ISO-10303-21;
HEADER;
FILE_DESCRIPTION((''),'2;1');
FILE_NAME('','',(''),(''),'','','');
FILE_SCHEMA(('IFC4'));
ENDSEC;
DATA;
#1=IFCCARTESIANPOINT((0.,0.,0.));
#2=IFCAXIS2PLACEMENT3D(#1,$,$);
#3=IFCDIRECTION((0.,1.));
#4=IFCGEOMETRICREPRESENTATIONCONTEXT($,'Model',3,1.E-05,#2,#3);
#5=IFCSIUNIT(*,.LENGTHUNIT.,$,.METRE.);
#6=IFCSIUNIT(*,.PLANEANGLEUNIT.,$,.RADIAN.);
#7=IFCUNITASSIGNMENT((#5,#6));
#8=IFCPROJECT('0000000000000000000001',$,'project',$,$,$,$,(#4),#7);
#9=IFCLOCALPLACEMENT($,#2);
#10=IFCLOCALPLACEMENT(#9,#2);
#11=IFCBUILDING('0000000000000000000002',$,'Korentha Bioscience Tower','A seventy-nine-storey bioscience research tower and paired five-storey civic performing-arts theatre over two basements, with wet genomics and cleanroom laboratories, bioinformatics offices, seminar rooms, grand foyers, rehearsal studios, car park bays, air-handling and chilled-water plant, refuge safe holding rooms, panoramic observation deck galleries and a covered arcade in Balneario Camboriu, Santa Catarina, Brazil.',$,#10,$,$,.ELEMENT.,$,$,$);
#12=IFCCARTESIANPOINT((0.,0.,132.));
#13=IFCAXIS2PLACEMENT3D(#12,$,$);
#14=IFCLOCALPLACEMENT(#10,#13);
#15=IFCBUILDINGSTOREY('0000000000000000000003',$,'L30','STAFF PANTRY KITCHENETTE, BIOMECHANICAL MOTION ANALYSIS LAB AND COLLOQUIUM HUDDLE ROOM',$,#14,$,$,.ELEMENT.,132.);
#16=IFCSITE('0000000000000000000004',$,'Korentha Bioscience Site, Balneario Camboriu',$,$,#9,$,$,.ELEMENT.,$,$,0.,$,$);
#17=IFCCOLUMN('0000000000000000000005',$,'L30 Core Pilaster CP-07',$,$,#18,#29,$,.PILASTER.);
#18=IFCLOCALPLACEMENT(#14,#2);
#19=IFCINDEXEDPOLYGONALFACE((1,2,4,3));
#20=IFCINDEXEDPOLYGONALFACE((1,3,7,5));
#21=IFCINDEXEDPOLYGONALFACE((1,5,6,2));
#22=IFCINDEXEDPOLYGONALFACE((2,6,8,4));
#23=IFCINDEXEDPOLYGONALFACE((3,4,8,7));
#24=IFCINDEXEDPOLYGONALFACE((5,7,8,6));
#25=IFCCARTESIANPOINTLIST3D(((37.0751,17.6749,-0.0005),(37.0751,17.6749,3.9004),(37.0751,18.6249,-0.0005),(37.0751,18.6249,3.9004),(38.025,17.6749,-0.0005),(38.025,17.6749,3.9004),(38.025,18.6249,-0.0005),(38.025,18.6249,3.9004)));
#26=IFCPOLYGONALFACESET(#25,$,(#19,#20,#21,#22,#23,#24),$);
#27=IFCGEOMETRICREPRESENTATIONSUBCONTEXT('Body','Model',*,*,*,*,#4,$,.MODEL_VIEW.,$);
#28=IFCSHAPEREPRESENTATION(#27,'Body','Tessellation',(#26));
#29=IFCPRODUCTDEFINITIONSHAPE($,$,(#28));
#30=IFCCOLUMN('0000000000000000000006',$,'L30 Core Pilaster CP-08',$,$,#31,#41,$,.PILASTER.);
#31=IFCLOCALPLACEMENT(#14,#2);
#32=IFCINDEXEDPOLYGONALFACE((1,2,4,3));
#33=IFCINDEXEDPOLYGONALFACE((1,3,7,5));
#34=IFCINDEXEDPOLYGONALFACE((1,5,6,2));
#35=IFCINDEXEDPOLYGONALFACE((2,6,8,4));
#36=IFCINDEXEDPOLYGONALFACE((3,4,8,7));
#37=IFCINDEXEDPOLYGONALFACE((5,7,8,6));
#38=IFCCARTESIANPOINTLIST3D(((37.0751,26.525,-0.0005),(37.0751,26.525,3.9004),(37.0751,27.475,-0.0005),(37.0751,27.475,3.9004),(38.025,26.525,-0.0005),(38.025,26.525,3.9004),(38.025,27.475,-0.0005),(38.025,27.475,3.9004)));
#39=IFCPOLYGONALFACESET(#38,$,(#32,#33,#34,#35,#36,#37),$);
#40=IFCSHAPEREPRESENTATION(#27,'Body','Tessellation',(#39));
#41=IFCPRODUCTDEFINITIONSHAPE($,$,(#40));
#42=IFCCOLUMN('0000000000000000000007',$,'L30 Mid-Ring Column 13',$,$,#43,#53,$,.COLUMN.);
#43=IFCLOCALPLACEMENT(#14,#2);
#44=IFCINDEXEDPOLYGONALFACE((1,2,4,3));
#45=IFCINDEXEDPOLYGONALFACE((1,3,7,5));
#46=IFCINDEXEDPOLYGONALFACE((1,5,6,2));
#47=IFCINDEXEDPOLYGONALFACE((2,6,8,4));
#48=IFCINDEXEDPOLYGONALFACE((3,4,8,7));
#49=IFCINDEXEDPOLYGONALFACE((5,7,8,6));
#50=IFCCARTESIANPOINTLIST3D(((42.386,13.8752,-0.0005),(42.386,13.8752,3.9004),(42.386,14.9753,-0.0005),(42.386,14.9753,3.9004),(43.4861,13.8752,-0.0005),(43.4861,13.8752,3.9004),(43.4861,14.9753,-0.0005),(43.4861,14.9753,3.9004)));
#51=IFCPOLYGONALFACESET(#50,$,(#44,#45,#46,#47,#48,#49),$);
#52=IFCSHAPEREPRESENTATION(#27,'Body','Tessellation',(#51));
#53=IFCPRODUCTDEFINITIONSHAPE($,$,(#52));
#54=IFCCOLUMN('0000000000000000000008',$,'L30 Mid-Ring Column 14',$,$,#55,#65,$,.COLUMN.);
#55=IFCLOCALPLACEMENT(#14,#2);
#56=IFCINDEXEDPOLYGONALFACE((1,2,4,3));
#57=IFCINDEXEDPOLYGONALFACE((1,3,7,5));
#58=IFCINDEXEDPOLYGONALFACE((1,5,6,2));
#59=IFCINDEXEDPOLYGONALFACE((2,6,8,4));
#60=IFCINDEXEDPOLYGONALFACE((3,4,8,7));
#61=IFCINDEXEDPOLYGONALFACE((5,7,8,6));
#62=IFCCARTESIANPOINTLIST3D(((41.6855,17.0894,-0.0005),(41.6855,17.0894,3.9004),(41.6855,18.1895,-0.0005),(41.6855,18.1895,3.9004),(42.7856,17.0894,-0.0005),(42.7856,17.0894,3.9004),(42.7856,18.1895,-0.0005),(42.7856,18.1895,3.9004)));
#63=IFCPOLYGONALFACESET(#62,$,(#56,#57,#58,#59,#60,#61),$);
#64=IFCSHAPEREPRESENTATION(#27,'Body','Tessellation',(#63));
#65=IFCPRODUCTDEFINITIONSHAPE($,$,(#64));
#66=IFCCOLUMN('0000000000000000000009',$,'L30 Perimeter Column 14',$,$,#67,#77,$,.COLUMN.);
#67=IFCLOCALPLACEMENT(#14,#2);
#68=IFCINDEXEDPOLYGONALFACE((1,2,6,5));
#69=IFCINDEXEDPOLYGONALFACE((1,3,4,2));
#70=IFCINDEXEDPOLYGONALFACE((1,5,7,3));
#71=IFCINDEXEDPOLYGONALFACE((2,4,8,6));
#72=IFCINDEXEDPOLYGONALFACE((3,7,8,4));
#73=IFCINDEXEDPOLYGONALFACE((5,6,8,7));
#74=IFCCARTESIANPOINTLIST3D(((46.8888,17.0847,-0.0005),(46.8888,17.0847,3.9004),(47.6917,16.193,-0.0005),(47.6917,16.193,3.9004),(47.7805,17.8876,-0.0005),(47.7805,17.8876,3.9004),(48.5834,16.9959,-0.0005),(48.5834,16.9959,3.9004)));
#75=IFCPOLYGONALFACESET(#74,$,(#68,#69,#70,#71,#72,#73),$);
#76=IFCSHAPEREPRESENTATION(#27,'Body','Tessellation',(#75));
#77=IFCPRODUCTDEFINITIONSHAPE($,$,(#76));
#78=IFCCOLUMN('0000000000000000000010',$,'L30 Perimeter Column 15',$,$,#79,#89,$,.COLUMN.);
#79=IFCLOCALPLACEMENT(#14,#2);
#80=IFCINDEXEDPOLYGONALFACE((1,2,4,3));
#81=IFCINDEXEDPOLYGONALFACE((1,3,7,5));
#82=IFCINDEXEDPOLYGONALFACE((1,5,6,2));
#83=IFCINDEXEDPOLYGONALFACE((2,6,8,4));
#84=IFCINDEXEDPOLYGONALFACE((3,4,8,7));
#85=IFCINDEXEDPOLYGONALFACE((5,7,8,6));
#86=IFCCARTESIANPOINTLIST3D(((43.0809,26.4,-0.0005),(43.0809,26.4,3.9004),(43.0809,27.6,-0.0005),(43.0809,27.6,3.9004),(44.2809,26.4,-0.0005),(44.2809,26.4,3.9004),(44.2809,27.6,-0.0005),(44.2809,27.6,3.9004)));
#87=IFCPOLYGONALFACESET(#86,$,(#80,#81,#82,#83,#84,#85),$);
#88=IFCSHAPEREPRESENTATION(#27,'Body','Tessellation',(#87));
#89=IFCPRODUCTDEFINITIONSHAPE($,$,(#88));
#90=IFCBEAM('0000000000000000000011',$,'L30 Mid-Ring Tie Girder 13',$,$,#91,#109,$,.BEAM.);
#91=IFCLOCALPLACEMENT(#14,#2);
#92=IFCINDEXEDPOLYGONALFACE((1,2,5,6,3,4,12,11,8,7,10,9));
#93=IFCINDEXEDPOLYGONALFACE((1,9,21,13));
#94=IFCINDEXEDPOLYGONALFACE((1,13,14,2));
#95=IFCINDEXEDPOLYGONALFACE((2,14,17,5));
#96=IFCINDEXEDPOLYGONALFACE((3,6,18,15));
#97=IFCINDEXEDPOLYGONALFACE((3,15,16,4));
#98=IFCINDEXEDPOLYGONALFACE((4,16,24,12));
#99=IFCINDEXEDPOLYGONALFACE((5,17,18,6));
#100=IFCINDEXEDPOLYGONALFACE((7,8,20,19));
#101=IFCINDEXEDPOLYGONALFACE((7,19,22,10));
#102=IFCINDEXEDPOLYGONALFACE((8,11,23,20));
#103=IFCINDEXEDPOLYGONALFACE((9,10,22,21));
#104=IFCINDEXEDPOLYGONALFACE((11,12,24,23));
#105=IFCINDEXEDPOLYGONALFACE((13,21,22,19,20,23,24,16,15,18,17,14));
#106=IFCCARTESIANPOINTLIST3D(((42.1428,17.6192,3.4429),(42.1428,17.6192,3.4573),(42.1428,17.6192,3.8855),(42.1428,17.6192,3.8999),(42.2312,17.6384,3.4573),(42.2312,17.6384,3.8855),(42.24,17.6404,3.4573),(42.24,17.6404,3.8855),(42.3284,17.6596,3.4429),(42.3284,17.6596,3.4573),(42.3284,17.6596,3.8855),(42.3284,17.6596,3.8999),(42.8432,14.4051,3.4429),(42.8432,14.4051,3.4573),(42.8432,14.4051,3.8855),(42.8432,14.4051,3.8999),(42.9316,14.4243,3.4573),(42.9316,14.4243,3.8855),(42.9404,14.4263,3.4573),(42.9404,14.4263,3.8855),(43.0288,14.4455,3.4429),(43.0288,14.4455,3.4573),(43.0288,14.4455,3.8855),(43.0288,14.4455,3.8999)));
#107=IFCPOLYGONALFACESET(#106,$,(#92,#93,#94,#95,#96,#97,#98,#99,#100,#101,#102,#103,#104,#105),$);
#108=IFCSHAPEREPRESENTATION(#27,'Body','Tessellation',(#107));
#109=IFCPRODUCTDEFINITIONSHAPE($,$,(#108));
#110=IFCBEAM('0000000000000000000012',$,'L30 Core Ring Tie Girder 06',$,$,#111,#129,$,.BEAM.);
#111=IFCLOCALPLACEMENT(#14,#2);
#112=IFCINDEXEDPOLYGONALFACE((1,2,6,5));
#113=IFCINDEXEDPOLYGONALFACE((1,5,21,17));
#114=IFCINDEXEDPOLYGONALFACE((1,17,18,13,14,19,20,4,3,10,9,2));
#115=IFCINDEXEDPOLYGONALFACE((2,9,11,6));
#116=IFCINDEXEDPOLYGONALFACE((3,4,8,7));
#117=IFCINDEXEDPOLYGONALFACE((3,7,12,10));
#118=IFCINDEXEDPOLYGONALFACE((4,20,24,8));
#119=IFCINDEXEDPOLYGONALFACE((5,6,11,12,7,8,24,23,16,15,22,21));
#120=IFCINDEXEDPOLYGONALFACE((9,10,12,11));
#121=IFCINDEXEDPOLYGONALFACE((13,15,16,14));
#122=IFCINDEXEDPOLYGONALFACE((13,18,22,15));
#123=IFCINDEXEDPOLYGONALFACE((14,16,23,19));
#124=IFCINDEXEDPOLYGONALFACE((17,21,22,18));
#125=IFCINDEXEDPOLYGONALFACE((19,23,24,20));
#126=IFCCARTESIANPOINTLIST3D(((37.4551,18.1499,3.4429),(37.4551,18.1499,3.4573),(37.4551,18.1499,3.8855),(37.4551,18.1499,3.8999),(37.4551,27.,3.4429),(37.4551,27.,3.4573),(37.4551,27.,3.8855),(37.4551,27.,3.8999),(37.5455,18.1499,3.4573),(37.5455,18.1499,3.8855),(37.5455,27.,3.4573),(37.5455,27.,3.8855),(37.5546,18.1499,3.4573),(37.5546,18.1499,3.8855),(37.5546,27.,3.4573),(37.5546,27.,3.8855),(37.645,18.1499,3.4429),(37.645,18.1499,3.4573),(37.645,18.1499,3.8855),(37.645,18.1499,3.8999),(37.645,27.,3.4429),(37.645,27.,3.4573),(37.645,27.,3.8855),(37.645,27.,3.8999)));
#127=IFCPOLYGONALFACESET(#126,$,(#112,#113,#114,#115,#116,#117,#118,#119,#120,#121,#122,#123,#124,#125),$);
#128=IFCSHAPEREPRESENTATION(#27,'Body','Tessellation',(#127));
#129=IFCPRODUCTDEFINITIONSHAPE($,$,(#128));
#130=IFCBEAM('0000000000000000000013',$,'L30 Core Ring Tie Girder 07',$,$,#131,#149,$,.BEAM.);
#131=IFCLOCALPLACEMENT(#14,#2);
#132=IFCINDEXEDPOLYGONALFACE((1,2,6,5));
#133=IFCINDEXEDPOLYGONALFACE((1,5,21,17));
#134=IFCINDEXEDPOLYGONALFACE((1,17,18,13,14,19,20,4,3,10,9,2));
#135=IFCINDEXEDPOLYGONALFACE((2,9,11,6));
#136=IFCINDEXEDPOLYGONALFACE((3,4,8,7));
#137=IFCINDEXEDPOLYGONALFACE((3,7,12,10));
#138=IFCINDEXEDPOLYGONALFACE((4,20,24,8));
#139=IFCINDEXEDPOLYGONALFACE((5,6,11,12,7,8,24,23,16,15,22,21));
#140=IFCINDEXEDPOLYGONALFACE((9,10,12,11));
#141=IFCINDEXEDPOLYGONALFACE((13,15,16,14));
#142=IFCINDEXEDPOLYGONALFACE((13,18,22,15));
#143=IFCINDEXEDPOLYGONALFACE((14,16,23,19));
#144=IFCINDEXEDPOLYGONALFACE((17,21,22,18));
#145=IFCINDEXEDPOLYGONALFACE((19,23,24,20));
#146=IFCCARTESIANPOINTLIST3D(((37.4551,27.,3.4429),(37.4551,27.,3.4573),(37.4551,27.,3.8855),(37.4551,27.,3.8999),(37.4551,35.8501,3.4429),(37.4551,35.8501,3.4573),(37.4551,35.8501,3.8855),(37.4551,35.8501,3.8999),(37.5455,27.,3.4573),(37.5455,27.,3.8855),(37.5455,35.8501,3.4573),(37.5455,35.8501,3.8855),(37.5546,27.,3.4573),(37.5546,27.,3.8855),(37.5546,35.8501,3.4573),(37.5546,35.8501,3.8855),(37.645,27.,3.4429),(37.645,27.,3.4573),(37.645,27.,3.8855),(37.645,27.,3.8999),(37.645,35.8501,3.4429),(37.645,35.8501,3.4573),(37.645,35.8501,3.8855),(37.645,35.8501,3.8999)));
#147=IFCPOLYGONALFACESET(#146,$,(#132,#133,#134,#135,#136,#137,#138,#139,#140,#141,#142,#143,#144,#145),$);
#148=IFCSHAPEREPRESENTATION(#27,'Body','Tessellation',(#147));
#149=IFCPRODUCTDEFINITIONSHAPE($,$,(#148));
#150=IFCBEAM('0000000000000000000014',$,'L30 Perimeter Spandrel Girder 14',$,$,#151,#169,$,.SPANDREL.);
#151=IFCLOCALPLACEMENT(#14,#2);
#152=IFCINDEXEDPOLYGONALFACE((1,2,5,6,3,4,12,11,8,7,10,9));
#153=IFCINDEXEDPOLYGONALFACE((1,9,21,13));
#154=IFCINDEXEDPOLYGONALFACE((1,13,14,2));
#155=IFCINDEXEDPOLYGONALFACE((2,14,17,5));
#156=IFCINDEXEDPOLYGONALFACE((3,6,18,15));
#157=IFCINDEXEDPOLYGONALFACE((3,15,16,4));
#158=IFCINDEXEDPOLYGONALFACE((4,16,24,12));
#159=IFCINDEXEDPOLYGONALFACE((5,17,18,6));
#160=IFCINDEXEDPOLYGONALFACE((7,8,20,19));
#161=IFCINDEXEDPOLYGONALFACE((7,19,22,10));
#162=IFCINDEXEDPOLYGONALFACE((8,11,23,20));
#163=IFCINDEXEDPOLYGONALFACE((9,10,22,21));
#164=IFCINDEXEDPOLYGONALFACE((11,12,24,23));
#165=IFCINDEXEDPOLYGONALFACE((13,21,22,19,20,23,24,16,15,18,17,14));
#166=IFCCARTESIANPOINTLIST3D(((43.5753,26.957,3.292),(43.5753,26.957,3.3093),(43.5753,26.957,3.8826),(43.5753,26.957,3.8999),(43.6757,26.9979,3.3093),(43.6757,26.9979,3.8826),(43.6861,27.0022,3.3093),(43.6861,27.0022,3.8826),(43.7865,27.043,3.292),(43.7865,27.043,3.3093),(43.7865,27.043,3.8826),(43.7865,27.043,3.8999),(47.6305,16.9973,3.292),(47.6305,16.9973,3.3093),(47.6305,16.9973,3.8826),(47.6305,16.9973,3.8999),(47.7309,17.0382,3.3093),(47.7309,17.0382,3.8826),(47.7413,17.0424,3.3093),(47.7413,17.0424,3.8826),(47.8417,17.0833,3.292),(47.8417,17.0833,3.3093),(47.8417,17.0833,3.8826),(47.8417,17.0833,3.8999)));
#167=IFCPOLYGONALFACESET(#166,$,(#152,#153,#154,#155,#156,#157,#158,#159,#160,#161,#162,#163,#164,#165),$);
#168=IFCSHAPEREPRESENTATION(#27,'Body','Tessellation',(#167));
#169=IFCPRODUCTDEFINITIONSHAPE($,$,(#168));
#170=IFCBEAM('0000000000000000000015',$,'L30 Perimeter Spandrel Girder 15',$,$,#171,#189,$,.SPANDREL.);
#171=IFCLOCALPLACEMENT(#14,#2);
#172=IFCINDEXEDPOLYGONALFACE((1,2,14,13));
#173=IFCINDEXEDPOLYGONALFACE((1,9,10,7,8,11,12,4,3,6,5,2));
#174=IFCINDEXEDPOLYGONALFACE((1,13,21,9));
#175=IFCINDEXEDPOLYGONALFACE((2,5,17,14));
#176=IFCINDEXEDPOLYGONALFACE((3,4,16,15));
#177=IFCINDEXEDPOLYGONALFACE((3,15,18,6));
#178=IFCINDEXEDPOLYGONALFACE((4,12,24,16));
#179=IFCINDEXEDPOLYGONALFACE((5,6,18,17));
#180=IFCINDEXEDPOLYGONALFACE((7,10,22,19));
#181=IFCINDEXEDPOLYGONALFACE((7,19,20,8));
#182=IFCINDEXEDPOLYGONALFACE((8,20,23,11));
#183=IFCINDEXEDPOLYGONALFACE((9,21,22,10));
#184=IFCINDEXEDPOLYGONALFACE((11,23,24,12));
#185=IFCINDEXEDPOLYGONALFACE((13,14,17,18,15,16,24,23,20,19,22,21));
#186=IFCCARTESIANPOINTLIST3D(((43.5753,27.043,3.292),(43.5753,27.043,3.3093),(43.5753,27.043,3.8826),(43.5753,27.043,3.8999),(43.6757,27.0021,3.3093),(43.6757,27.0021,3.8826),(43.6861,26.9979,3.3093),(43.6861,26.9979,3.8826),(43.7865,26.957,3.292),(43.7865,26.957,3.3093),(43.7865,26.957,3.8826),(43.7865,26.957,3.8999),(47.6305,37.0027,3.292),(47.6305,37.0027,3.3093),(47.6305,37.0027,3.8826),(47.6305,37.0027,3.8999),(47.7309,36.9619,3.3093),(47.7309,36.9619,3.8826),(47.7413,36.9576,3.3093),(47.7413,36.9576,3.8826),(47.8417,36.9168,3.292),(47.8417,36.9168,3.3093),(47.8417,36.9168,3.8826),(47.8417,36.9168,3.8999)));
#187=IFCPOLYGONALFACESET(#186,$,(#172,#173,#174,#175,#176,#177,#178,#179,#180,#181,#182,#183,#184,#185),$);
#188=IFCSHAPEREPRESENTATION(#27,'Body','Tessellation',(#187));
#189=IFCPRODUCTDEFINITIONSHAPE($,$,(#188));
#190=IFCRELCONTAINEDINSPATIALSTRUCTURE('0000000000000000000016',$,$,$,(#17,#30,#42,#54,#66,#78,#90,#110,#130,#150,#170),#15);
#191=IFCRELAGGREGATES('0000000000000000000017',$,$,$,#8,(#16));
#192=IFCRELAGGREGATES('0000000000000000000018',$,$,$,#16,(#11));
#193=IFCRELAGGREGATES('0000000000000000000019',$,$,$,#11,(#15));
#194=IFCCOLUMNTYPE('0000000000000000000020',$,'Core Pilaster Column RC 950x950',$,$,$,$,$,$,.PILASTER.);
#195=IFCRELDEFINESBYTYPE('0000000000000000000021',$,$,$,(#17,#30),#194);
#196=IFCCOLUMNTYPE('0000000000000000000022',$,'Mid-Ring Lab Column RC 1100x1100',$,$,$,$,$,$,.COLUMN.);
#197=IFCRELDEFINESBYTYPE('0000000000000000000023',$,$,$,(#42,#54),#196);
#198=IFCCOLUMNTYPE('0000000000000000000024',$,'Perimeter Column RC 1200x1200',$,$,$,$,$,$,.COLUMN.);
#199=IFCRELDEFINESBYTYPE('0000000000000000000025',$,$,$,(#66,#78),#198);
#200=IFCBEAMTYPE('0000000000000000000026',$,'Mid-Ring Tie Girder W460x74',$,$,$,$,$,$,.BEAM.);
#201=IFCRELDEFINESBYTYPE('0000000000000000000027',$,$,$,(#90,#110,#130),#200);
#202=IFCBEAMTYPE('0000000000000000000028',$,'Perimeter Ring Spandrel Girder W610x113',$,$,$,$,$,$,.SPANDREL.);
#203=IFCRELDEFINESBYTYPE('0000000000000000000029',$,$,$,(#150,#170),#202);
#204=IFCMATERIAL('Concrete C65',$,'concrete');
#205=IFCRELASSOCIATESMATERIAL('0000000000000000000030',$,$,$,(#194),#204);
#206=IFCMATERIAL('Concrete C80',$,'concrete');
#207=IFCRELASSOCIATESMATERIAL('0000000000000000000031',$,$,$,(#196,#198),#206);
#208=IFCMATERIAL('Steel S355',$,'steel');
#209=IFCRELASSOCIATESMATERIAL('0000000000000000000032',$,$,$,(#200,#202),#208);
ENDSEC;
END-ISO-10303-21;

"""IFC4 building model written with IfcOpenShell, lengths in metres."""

from ifc_helpers import new_model, si_unit, direction, frame, origin, origin_2d, place, context, subcontext, project, spatial, rectangle, i_section, extrude, material, material_profile, profile_set, type_object, element, save


model = new_model("IFC4")

# Units and contexts
model_context = context("Model", 3, precision=1e-05, world=origin(), true_north=direction((0.0, 1.0)))
body_context = subcontext(model_context, "Body", "Model", "MODEL_VIEW")
ifc_project = project(units=[si_unit("LENGTHUNIT", "METRE"), si_unit("PLANEANGLEUNIT", "RADIAN")], contexts=[model_context])

# Site, building, storey
site_placement = place(None, origin())
site = spatial("IfcSite", under=ifc_project, at=site_placement, Name="Korentha Bioscience Site, Balneario Camboriu", CompositionType="ELEMENT", RefElevation=0.0)
building_placement = place(site_placement, origin())
building = spatial("IfcBuilding", under=site, at=building_placement, Name="Korentha Bioscience Tower", Description="A seventy-nine-storey bioscience research tower and paired five-storey civic performing-arts theatre over two basements, with wet genomics and cleanroom laboratories, bioinformatics offices, seminar rooms, grand foyers, rehearsal studios, car park bays, air-handling and chilled-water plant, refuge safe holding rooms, panoramic observation deck galleries and a covered arcade in Balneario Camboriu, Santa Catarina, Brazil.", CompositionType="ELEMENT")
storey_placement = place(building_placement, frame((0.0, 0.0, 132.0)))
storey = spatial("IfcBuildingStorey", under=building, at=storey_placement, Name="L30", Description="STAFF PANTRY KITCHENETTE, BIOMECHANICAL MOTION ANALYSIS LAB AND COLLOQUIUM HUDDLE ROOM", CompositionType="ELEMENT", Elevation=132.0)

# Columns
ifc_material_1 = material(Name="Concrete C65", Category="concrete")
ifc_material_profile_1 = material_profile(ifc_material_1, rectangle(XDim=0.95, YDim=0.95, at=origin_2d()), Name="Concrete C65")
ifc_profile_set_1 = profile_set([ifc_material_profile_1], Name="Concrete C65 (COL-CP09)")
column_type_1 = type_object("IfcColumnType", Name="Core Pilaster Column RC 950x950", PredefinedType="PILASTER", material=ifc_profile_set_1)
for number, where, z_axis, x_axis, name in (
    (1, (37.55, 18.1499, -0.0005), (0.0, 0.0, 1.0), (1.0, 0.0, 0.0), "L30 Core Pilaster CP-07"),
    (2, (37.55, 27.0, -0.0005), (0.0, 0.0, 1.0), (1.0, 0.0, 0.0), "L30 Core Pilaster CP-08"),
):
    element("IfcColumn", number, at=place(storey_placement, frame(where, z_axis=z_axis, x_axis=x_axis)), inside=storey, type_object=column_type_1, Name=name, PredefinedType="PILASTER", context=body_context, shape_type="SweptSolid", body=[
        extrude(rectangle(XDim=0.95, YDim=0.95, at=origin_2d()), origin(), (0.0, 0.0, 1.0), 3.9009),
    ])
ifc_material_2 = material(Name="Concrete C80", Category="concrete")
ifc_material_profile_2 = material_profile(ifc_material_2, rectangle(XDim=1.1001, YDim=1.1001, at=origin_2d()), Name="Concrete C80")
ifc_profile_set_2 = profile_set([ifc_material_profile_2], Name="Concrete C80 (COL-MR11)")
column_type_2 = type_object("IfcColumnType", Name="Mid-Ring Lab Column RC 1100x1100", PredefinedType="COLUMN", material=ifc_profile_set_2)
for number, where, z_axis, x_axis, name in (
    (3, (42.936, 14.4253, -0.0005), (0.0, 0.0, 1.0), (1.0, 0.0, 0.0), "L30 Mid-Ring Column 13"),
    (4, (42.2356, 17.6394, -0.0005), (0.0, 0.0, 1.0), (1.0, 0.0, 0.0), "L30 Mid-Ring Column 14"),
):
    element("IfcColumn", number, at=place(storey_placement, frame(where, z_axis=z_axis, x_axis=x_axis)), inside=storey, type_object=column_type_2, Name=name, PredefinedType="COLUMN", context=body_context, shape_type="SweptSolid", body=[
        extrude(rectangle(XDim=1.1001, YDim=1.1001, at=origin_2d()), origin(), (0.0, 0.0, 1.0), 3.9009),
    ])
ifc_material_profile_3 = material_profile(ifc_material_2, rectangle(XDim=1.2, YDim=1.2, at=origin_2d()), Name="Concrete C80")
ifc_profile_set_3 = profile_set([ifc_material_profile_3], Name="Concrete C80 (COL-P12)")
column_type_3 = type_object("IfcColumnType", Name="Perimeter Column RC 1200x1200", PredefinedType="COLUMN", material=ifc_profile_set_3)
for number, where, z_axis, x_axis, name in (
    (5, (47.7361, 17.0403, -0.0005), (0.0, 0.0, 1.0), (-0.669131, 0.743145, 0.0), "L30 Perimeter Column 14"),
    (6, (43.6809, 27.0, -0.0005), (0.0, 0.0, 1.0), (0.0, 1.0, 0.0), "L30 Perimeter Column 15"),
):
    element("IfcColumn", number, at=place(storey_placement, frame(where, z_axis=z_axis, x_axis=x_axis)), inside=storey, type_object=column_type_3, Name=name, PredefinedType="COLUMN", context=body_context, shape_type="SweptSolid", body=[
        extrude(rectangle(XDim=1.2, YDim=1.2, at=origin_2d()), origin(), (0.0, 0.0, 1.0), 3.9009),
    ])

# Beams
ifc_material_3 = material(Name="Steel S355", Category="steel")
ifc_material_profile_4 = material_profile(ifc_material_3, i_section(OverallWidth=0.1899, OverallDepth=0.457, WebThickness=0.009, FlangeThickness=0.0144, at=origin_2d()), Name="Steel S355")
ifc_profile_set_4 = profile_set([ifc_material_profile_4], Name="Steel S355 (MB-460)")
beam_type_1 = type_object("IfcBeamType", Name="Mid-Ring Tie Girder W460x74", PredefinedType="BEAM", material=ifc_profile_set_4)
beam_1_placement = place(storey_placement, frame((42.936, 14.4253, 3.6714), z_axis=(-0.212929, 0.977068, 0.0), x_axis=(-0.977068, -0.212929, 0.0)))
element("IfcBeam", 7, at=beam_1_placement, inside=storey, type_object=beam_type_1, Name="L30 Mid-Ring Tie Girder 13", PredefinedType="BEAM", context=body_context, shape_type="SweptSolid", body=[
    extrude(i_section(OverallWidth=0.1899, OverallDepth=0.457, WebThickness=0.009, FlangeThickness=0.0144, at=origin_2d()), origin(), (0.0, 0.0, 1.0), 3.2896),
])
for number, where, z_axis, x_axis, name in (
    (8, (37.55, 18.1499, 3.6714), (0.0, 1.0, 0.0), (-1.0, 0.0, 0.0), "L30 Core Ring Tie Girder 06"),
    (9, (37.55, 27.0, 3.6714), (0.0, 1.0, 0.0), (-1.0, 0.0, 0.0), "L30 Core Ring Tie Girder 07"),
):
    element("IfcBeam", number, at=place(storey_placement, frame(where, z_axis=z_axis, x_axis=x_axis)), inside=storey, type_object=beam_type_1, Name=name, PredefinedType="BEAM", context=body_context, shape_type="SweptSolid", body=[
        extrude(i_section(OverallWidth=0.1899, OverallDepth=0.457, WebThickness=0.009, FlangeThickness=0.0144, at=origin_2d()), origin(), (0.0, 0.0, 1.0), 8.8501),
    ])
ifc_material_profile_5 = material_profile(ifc_material_3, i_section(OverallWidth=0.228, OverallDepth=0.6079, WebThickness=0.0112, FlangeThickness=0.0173, at=origin_2d()), Name="Steel S355")
ifc_profile_set_5 = profile_set([ifc_material_profile_5], Name="Steel S355 (SB-610)")
beam_type_2 = type_object("IfcBeamType", Name="Perimeter Ring Spandrel Girder W610x113", PredefinedType="SPANDREL", material=ifc_profile_set_5)
for number, where, z_axis, x_axis, name in (
    (10, (47.7361, 17.0403, 3.5959), (-0.377099, 0.926173, 0.0), (-0.926173, -0.377099, 0.0), "L30 Perimeter Spandrel Girder 14"),
    (11, (43.6809, 27.0, 3.5959), (0.377099, 0.926173, 0.0), (-0.926173, 0.377099, 0.0), "L30 Perimeter Spandrel Girder 15"),
):
    element("IfcBeam", number, at=place(storey_placement, frame(where, z_axis=z_axis, x_axis=x_axis)), inside=storey, type_object=beam_type_2, Name=name, PredefinedType="SPANDREL", context=body_context, shape_type="SweptSolid", body=[
        extrude(i_section(OverallWidth=0.228, OverallDepth=0.6079, WebThickness=0.0112, FlangeThickness=0.0173, at=origin_2d()), origin(), (0.0, 0.0, 1.0), 10.7537),
    ])

save(model, "model.ifc")
